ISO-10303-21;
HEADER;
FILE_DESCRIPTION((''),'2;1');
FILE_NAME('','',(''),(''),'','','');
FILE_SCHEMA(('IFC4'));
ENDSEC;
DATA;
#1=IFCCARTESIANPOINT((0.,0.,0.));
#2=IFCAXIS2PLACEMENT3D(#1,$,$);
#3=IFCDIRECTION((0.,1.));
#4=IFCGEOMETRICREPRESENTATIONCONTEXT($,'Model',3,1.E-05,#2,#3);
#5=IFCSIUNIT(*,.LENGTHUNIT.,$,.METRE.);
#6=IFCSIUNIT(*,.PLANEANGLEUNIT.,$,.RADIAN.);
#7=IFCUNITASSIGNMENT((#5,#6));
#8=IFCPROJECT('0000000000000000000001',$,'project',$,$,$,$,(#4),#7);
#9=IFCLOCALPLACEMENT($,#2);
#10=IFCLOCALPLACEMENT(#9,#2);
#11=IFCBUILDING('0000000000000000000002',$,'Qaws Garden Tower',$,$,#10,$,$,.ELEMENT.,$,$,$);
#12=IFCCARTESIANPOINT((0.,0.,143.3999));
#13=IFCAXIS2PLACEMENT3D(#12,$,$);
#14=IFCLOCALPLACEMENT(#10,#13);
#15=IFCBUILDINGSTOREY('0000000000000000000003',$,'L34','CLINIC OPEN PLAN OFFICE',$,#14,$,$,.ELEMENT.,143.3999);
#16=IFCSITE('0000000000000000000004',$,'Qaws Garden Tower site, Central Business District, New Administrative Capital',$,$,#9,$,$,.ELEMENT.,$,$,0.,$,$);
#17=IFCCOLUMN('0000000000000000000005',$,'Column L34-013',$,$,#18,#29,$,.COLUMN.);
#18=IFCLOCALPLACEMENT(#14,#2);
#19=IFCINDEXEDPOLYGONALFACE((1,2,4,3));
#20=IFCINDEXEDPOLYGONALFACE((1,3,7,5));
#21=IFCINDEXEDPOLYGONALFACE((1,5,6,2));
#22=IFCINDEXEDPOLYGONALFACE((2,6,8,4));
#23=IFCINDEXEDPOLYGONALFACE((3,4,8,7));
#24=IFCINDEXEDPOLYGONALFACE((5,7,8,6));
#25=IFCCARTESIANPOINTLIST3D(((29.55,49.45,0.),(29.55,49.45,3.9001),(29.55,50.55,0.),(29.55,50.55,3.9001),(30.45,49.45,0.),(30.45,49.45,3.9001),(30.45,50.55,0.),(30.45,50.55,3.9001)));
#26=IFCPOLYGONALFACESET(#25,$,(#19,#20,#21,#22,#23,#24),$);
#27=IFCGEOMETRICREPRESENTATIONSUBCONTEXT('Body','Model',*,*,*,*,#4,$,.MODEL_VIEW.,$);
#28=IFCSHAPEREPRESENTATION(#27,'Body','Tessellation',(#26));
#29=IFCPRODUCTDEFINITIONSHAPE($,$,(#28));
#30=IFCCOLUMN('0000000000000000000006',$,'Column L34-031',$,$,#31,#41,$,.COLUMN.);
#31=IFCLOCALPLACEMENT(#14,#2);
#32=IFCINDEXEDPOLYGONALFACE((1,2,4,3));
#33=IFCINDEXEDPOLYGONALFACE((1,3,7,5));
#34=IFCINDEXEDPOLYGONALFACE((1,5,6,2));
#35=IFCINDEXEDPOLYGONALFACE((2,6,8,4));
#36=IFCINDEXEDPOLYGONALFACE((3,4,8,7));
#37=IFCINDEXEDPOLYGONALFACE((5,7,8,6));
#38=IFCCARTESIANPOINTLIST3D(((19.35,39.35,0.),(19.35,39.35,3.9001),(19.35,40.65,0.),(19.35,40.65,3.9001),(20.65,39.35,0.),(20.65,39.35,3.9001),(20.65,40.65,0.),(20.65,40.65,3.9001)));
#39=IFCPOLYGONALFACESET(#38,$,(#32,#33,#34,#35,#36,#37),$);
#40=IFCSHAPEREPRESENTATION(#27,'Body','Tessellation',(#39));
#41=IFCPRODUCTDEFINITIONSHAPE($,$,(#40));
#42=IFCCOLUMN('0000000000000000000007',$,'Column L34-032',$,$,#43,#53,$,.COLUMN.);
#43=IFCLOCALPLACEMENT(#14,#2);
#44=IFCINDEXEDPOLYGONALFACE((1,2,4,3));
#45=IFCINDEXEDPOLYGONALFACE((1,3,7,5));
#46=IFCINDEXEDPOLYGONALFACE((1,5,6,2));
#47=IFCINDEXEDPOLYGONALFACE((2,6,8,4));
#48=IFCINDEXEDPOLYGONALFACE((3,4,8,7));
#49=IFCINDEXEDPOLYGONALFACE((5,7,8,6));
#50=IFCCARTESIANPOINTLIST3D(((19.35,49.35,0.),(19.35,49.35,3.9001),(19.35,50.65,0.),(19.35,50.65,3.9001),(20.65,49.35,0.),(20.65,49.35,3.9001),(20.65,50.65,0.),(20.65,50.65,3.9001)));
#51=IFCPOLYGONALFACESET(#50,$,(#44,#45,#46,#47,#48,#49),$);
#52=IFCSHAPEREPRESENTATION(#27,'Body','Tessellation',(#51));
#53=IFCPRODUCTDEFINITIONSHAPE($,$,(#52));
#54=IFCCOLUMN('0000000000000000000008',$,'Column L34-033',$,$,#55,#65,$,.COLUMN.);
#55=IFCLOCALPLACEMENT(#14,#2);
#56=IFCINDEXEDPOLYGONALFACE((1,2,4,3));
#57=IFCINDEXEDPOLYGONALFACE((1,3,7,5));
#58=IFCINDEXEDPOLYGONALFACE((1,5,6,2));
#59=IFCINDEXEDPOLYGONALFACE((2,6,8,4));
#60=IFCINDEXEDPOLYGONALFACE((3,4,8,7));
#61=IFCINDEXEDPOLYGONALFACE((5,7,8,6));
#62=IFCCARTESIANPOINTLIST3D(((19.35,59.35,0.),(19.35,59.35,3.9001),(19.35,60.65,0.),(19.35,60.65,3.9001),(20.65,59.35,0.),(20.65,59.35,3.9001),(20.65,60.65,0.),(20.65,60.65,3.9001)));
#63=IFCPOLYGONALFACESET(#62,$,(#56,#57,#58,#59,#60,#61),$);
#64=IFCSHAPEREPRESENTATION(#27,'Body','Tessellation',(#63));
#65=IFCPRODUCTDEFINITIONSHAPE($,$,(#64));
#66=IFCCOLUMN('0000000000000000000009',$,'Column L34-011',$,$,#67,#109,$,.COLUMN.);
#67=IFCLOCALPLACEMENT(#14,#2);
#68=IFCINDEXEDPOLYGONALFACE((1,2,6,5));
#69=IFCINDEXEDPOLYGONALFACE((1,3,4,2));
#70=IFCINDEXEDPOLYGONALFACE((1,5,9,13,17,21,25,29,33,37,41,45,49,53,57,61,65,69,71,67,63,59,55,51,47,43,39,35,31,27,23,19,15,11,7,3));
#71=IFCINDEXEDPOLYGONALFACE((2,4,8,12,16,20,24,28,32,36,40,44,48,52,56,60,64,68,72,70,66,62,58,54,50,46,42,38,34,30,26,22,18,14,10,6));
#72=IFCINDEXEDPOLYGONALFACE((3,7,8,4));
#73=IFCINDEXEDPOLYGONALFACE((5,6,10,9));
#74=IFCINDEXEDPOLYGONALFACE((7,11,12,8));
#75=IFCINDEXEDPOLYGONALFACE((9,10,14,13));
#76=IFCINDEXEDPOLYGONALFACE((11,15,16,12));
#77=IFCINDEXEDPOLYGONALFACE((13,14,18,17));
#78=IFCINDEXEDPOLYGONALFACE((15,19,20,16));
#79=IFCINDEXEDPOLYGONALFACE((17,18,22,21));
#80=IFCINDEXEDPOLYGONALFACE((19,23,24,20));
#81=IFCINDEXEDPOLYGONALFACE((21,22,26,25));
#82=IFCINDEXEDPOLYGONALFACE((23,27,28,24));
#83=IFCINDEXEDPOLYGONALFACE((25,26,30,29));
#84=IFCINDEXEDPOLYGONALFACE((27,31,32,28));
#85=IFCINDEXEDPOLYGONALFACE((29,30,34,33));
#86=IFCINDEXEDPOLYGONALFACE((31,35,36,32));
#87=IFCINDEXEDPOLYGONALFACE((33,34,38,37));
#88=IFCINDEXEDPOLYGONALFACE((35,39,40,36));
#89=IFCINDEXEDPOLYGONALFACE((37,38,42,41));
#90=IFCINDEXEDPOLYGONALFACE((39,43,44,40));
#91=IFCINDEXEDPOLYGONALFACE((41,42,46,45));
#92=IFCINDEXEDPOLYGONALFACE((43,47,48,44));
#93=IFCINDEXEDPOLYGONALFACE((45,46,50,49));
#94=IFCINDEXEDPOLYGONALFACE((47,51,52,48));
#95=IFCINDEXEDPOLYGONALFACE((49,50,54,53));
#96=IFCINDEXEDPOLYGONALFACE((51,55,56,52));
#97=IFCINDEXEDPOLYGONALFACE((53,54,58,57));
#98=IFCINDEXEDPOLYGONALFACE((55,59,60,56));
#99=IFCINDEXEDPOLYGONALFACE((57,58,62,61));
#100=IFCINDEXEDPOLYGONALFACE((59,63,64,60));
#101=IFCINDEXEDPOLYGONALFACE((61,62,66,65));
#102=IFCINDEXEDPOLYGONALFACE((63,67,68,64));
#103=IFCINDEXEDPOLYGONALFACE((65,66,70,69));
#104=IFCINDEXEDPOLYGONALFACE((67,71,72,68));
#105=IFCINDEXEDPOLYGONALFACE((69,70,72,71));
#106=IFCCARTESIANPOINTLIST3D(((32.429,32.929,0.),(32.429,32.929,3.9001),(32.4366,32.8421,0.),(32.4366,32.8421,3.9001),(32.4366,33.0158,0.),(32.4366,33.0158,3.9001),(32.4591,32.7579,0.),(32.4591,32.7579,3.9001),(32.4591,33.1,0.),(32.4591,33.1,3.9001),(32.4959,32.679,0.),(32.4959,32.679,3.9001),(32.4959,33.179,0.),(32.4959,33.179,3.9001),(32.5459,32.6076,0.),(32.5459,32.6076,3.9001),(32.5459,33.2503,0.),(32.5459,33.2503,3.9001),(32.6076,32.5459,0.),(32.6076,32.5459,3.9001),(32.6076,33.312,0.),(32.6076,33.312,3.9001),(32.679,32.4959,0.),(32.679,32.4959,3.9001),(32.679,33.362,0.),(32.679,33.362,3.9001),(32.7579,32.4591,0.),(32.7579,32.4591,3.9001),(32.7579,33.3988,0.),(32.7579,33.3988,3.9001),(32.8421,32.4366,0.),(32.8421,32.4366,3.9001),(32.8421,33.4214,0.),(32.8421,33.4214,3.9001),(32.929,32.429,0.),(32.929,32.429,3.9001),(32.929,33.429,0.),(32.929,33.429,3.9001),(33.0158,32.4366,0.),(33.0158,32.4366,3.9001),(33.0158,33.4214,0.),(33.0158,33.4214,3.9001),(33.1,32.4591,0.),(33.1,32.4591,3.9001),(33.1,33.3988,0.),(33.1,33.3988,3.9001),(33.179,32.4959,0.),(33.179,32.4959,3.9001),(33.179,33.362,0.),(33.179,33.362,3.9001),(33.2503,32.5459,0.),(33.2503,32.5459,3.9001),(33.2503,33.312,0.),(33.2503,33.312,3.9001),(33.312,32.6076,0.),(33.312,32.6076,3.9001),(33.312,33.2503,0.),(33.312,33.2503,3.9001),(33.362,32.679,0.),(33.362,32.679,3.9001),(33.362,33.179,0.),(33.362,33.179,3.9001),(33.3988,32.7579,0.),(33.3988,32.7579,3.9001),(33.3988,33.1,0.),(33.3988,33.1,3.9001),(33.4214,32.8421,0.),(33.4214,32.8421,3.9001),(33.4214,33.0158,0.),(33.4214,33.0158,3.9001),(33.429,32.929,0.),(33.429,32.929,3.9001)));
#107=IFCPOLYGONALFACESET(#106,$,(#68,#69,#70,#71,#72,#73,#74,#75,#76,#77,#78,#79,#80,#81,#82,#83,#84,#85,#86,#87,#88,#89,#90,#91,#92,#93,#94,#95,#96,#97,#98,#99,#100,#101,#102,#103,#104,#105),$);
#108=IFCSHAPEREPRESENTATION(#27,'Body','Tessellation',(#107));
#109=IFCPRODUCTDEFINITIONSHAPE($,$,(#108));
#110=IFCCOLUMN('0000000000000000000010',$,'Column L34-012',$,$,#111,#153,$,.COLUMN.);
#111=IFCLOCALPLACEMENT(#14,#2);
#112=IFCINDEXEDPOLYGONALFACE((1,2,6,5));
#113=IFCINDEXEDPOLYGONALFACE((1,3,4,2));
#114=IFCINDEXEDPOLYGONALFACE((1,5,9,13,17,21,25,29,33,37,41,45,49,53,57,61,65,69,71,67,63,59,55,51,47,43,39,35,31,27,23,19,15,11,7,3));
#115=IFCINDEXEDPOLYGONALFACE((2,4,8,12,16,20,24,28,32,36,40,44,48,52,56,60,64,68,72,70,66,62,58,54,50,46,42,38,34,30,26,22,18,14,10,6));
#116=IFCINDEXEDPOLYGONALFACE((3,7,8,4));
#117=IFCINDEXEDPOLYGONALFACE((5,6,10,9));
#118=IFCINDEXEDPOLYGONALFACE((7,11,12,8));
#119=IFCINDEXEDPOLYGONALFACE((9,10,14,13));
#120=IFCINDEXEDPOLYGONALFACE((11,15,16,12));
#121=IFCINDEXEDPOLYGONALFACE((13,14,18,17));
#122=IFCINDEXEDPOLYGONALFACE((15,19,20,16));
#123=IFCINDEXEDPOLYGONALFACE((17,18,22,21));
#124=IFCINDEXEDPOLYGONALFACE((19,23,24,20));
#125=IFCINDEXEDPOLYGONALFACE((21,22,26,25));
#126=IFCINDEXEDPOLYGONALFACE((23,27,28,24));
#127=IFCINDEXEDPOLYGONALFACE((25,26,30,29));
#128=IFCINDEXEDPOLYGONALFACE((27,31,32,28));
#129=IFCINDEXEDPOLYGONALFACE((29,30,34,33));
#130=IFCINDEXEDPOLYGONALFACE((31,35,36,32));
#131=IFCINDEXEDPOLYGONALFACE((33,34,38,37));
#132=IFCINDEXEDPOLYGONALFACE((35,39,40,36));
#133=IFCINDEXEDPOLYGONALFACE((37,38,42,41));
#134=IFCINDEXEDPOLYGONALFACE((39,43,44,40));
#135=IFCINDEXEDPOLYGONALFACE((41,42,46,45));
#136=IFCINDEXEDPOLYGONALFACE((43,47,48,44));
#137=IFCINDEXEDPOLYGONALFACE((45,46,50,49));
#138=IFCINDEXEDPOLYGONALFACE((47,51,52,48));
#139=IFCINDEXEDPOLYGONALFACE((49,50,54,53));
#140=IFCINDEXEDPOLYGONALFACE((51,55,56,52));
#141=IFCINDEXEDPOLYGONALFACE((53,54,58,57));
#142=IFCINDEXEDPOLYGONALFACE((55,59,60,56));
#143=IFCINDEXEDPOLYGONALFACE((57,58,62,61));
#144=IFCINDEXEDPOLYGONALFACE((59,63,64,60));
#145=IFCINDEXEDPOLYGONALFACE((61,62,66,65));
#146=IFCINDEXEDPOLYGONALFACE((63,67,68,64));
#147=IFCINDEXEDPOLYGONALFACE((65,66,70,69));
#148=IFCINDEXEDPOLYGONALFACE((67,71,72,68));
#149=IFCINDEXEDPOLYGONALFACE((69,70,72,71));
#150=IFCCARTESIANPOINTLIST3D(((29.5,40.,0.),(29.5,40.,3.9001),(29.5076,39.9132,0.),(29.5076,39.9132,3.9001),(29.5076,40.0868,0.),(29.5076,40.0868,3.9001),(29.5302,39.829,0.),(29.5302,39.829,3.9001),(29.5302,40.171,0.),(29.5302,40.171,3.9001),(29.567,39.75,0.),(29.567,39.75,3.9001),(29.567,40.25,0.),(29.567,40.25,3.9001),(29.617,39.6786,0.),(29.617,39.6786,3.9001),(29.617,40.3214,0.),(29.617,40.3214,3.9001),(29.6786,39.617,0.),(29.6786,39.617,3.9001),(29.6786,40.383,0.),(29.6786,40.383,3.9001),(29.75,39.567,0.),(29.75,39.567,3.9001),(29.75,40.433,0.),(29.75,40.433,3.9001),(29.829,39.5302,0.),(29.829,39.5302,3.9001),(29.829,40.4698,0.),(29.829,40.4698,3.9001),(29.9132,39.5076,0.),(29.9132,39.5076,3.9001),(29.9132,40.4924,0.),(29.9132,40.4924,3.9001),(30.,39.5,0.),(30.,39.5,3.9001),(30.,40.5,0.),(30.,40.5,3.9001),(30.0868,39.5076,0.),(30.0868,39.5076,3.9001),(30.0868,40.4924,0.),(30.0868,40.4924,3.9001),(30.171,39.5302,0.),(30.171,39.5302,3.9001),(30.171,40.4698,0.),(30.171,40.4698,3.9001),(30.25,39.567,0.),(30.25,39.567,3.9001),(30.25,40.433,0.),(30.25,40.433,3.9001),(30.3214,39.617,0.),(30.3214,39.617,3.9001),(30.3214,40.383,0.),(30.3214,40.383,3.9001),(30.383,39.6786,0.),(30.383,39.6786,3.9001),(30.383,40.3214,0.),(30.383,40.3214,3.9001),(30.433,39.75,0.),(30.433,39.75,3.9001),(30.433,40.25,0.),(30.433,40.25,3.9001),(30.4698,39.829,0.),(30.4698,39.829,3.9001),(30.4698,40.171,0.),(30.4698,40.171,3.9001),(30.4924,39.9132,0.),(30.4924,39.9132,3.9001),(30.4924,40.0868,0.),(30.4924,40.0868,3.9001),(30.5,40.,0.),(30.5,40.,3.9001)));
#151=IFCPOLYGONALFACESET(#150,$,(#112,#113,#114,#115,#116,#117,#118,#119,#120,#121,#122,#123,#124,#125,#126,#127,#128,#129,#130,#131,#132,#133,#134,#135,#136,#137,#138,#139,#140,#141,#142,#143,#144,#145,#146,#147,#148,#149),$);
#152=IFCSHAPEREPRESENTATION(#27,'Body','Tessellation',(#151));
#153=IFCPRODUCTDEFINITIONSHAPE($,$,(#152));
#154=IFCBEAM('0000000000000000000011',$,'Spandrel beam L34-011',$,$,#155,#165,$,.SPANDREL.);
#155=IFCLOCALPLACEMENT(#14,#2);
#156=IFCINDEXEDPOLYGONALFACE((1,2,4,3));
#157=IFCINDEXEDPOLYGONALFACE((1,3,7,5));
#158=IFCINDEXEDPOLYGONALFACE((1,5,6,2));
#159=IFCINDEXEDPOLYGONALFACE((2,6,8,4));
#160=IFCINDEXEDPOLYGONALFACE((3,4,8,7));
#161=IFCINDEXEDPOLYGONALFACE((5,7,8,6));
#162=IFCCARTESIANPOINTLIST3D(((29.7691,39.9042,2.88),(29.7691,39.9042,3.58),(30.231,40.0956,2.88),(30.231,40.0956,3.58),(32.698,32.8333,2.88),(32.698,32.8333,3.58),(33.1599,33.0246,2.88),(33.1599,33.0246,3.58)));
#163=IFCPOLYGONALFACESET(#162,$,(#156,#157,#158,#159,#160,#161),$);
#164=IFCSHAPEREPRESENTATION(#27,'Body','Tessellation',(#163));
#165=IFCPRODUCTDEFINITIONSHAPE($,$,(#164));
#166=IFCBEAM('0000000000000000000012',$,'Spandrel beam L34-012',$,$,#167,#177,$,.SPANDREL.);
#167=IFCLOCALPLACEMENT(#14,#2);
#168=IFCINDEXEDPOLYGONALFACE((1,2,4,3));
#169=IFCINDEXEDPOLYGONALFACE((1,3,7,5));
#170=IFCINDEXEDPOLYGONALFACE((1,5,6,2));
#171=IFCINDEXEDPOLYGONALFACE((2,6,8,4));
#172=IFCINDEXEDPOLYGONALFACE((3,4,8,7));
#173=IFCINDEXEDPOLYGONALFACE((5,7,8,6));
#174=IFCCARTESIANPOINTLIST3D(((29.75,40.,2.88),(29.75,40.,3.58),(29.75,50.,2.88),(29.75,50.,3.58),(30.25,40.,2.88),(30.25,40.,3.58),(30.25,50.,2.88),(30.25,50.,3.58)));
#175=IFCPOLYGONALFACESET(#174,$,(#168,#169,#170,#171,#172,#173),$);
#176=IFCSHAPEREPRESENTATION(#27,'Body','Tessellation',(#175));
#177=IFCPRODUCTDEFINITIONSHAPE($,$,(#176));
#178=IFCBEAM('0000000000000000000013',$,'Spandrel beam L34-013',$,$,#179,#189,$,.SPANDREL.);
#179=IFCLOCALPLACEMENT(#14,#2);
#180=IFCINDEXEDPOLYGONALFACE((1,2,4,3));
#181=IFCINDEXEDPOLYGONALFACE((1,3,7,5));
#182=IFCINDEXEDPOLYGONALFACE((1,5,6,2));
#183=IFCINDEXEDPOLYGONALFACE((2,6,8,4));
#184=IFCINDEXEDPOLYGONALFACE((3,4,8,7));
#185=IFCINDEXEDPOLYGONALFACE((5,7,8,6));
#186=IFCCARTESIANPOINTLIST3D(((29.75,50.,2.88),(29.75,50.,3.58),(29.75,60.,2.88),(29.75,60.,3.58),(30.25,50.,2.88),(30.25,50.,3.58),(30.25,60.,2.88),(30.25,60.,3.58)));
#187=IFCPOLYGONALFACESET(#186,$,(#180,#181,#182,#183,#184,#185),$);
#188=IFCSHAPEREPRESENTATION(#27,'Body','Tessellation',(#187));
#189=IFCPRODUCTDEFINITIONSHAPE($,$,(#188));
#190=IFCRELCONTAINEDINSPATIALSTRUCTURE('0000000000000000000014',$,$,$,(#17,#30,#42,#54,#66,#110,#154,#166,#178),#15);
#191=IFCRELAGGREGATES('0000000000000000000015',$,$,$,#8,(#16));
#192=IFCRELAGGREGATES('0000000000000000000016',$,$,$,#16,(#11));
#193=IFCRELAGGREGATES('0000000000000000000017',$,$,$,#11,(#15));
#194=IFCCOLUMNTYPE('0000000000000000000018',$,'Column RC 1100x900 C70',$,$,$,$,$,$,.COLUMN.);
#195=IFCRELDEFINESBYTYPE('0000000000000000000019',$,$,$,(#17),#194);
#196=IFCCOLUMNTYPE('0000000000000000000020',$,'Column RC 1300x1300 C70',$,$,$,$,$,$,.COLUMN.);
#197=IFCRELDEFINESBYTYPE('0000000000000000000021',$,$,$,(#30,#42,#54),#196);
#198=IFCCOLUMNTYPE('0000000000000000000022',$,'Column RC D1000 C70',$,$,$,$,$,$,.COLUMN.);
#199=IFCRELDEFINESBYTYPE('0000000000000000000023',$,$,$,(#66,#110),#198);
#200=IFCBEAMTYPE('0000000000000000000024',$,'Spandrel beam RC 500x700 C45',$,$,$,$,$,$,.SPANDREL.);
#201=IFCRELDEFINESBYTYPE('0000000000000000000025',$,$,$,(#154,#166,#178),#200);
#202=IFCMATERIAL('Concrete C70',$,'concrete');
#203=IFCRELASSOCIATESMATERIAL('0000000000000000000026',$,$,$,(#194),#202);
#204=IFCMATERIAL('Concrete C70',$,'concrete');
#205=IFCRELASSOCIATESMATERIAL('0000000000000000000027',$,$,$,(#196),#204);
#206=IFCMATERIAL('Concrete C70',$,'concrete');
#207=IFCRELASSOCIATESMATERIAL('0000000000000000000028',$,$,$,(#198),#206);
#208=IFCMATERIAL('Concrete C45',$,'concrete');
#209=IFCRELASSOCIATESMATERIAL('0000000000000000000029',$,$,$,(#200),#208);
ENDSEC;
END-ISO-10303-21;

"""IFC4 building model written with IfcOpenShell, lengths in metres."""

from ifc_helpers import new_model, si_unit, direction, frame, origin, origin_2d, place, context, subcontext, project, spatial, rectangle, circle, extrude, material, material_profile, profile_set, type_object, element, save


model = new_model("IFC4")

# Units and contexts
model_context = context("Model", 3, precision=1e-05, world=origin(), true_north=direction((0.0, 1.0)))
body_context = subcontext(model_context, "Body", "Model", "MODEL_VIEW")
ifc_project = project(units=[si_unit("LENGTHUNIT", "METRE"), si_unit("PLANEANGLEUNIT", "RADIAN")], contexts=[model_context])

# Site, building, storey
site_placement = place(None, origin())
site = spatial("IfcSite", under=ifc_project, at=site_placement, Name="Qaws Garden Tower site, Central Business District, New Administrative Capital", CompositionType="ELEMENT", RefElevation=0.0)
building_placement = place(site_placement, origin())
building = spatial("IfcBuilding", under=site, at=building_placement, Name="Qaws Garden Tower", CompositionType="ELEMENT")
storey_placement = place(building_placement, frame((0.0, 0.0, 143.3999)))
storey = spatial("IfcBuildingStorey", under=building, at=storey_placement, Name="L34", Description="CLINIC OPEN PLAN OFFICE", CompositionType="ELEMENT", Elevation=143.3999)

# Columns
ifc_material_1 = material(Name="Concrete C70", Category="concrete")
ifc_material_profile_1 = material_profile(ifc_material_1, rectangle(XDim=1.1001, YDim=0.8999, at=origin_2d()), Name="RC 1100x900")
ifc_profile_set_1 = profile_set([ifc_material_profile_1], Name="Concrete C70")
column_type_1 = type_object("IfcColumnType", Name="Column RC 1100x900 C70", PredefinedType="COLUMN", material=ifc_profile_set_1)
column_placement = place(storey_placement, frame((30.0, 50.0, 0.0), z_axis=(0.0, 0.0, 1.0), x_axis=(0.0, 1.0, 0.0)))
element("IfcColumn", 1, at=column_placement, inside=storey, type_object=column_type_1, Name="Column L34-013", PredefinedType="COLUMN", context=body_context, shape_type="SweptSolid", body=[
    extrude(rectangle(XDim=1.1001, YDim=0.8999, at=origin_2d()), origin(), (0.0, 0.0, 1.0), 3.9001),
])
ifc_material_2 = material(Name="Concrete C70", Category="concrete")
ifc_material_profile_2 = material_profile(ifc_material_2, rectangle(XDim=1.3, YDim=1.3, at=origin_2d()), Name="RC 1300x1300")
ifc_profile_set_2 = profile_set([ifc_material_profile_2], Name="Concrete C70")
column_type_2 = type_object("IfcColumnType", Name="Column RC 1300x1300 C70", PredefinedType="COLUMN", material=ifc_profile_set_2)
for number, where, z_axis, x_axis, name in (
    (2, (20.0, 40.0, 0.0), (0.0, 0.0, 1.0), (1.0, 0.0, 0.0), "Column L34-031"),
    (3, (20.0, 50.0, 0.0), (0.0, 0.0, 1.0), (1.0, 0.0, 0.0), "Column L34-032"),
    (4, (20.0, 60.0, 0.0), (0.0, 0.0, 1.0), (1.0, 0.0, 0.0), "Column L34-033"),
):
    element("IfcColumn", number, at=place(storey_placement, frame(where, z_axis=z_axis, x_axis=x_axis)), inside=storey, type_object=column_type_2, Name=name, PredefinedType="COLUMN", context=body_context, shape_type="SweptSolid", body=[
        extrude(rectangle(XDim=1.3, YDim=1.3, at=origin_2d()), origin(), (0.0, 0.0, 1.0), 3.9001),
    ])
ifc_material_3 = material(Name="Concrete C70", Category="concrete")
ifc_material_profile_3 = material_profile(ifc_material_3, circle(Radius=0.5, at=origin_2d()), Name="RC D1000")
ifc_profile_set_3 = profile_set([ifc_material_profile_3], Name="Concrete C70")
column_type_3 = type_object("IfcColumnType", Name="Column RC D1000 C70", PredefinedType="COLUMN", material=ifc_profile_set_3)
for number, where, z_axis, x_axis, name in (
    (5, (32.929, 32.929, 0.0), (0.0, 0.0, 1.0), (1.0, 0.0, 0.0), "Column L34-011"),
    (6, (30.0, 40.0, 0.0), (0.0, 0.0, 1.0), (1.0, 0.0, 0.0), "Column L34-012"),
):
    element("IfcColumn", number, at=place(storey_placement, frame(where, z_axis=z_axis, x_axis=x_axis)), inside=storey, type_object=column_type_3, Name=name, PredefinedType="COLUMN", context=body_context, shape_type="SweptSolid", body=[
        extrude(circle(Radius=0.5, at=origin_2d()), origin(), (0.0, 0.0, 1.0), 3.9001),
    ])

# Beams
ifc_material_4 = material(Name="Concrete C45", Category="concrete")
ifc_material_profile_4 = material_profile(ifc_material_4, rectangle(XDim=0.5, YDim=0.7, at=origin_2d()), Name="RC 500x700")
ifc_profile_set_4 = profile_set([ifc_material_profile_4], Name="Concrete C45")
beam_type = type_object("IfcBeamType", Name="Spandrel beam RC 500x700 C45", PredefinedType="SPANDREL", material=ifc_profile_set_4)
beam_placement = place(storey_placement, frame((32.929, 32.929, 3.23), z_axis=(-0.382687, 0.923878, 0.0), x_axis=(-0.923878, -0.382687, 0.0)))
element("IfcBeam", 7, at=beam_placement, inside=storey, type_object=beam_type, Name="Spandrel beam L34-011", PredefinedType="SPANDREL", context=body_context, shape_type="SweptSolid", body=[
    extrude(rectangle(XDim=0.5, YDim=0.7, at=origin_2d()), origin(), (0.0, 0.0, 1.0), 7.6536),
])
for number, where, z_axis, x_axis, name in (
    (8, (30.0, 40.0, 3.23), (0.0, 1.0, 0.0), (-1.0, 0.0, 0.0), "Spandrel beam L34-012"),
    (9, (30.0, 50.0, 3.23), (0.0, 1.0, 0.0), (-1.0, 0.0, 0.0), "Spandrel beam L34-013"),
):
    element("IfcBeam", number, at=place(storey_placement, frame(where, z_axis=z_axis, x_axis=x_axis)), inside=storey, type_object=beam_type, Name=name, PredefinedType="SPANDREL", context=body_context, shape_type="SweptSolid", body=[
        extrude(rectangle(XDim=0.5, YDim=0.7, at=origin_2d()), origin(), (0.0, 0.0, 1.0), 10.0),
    ])

save(model, "model.ifc")
